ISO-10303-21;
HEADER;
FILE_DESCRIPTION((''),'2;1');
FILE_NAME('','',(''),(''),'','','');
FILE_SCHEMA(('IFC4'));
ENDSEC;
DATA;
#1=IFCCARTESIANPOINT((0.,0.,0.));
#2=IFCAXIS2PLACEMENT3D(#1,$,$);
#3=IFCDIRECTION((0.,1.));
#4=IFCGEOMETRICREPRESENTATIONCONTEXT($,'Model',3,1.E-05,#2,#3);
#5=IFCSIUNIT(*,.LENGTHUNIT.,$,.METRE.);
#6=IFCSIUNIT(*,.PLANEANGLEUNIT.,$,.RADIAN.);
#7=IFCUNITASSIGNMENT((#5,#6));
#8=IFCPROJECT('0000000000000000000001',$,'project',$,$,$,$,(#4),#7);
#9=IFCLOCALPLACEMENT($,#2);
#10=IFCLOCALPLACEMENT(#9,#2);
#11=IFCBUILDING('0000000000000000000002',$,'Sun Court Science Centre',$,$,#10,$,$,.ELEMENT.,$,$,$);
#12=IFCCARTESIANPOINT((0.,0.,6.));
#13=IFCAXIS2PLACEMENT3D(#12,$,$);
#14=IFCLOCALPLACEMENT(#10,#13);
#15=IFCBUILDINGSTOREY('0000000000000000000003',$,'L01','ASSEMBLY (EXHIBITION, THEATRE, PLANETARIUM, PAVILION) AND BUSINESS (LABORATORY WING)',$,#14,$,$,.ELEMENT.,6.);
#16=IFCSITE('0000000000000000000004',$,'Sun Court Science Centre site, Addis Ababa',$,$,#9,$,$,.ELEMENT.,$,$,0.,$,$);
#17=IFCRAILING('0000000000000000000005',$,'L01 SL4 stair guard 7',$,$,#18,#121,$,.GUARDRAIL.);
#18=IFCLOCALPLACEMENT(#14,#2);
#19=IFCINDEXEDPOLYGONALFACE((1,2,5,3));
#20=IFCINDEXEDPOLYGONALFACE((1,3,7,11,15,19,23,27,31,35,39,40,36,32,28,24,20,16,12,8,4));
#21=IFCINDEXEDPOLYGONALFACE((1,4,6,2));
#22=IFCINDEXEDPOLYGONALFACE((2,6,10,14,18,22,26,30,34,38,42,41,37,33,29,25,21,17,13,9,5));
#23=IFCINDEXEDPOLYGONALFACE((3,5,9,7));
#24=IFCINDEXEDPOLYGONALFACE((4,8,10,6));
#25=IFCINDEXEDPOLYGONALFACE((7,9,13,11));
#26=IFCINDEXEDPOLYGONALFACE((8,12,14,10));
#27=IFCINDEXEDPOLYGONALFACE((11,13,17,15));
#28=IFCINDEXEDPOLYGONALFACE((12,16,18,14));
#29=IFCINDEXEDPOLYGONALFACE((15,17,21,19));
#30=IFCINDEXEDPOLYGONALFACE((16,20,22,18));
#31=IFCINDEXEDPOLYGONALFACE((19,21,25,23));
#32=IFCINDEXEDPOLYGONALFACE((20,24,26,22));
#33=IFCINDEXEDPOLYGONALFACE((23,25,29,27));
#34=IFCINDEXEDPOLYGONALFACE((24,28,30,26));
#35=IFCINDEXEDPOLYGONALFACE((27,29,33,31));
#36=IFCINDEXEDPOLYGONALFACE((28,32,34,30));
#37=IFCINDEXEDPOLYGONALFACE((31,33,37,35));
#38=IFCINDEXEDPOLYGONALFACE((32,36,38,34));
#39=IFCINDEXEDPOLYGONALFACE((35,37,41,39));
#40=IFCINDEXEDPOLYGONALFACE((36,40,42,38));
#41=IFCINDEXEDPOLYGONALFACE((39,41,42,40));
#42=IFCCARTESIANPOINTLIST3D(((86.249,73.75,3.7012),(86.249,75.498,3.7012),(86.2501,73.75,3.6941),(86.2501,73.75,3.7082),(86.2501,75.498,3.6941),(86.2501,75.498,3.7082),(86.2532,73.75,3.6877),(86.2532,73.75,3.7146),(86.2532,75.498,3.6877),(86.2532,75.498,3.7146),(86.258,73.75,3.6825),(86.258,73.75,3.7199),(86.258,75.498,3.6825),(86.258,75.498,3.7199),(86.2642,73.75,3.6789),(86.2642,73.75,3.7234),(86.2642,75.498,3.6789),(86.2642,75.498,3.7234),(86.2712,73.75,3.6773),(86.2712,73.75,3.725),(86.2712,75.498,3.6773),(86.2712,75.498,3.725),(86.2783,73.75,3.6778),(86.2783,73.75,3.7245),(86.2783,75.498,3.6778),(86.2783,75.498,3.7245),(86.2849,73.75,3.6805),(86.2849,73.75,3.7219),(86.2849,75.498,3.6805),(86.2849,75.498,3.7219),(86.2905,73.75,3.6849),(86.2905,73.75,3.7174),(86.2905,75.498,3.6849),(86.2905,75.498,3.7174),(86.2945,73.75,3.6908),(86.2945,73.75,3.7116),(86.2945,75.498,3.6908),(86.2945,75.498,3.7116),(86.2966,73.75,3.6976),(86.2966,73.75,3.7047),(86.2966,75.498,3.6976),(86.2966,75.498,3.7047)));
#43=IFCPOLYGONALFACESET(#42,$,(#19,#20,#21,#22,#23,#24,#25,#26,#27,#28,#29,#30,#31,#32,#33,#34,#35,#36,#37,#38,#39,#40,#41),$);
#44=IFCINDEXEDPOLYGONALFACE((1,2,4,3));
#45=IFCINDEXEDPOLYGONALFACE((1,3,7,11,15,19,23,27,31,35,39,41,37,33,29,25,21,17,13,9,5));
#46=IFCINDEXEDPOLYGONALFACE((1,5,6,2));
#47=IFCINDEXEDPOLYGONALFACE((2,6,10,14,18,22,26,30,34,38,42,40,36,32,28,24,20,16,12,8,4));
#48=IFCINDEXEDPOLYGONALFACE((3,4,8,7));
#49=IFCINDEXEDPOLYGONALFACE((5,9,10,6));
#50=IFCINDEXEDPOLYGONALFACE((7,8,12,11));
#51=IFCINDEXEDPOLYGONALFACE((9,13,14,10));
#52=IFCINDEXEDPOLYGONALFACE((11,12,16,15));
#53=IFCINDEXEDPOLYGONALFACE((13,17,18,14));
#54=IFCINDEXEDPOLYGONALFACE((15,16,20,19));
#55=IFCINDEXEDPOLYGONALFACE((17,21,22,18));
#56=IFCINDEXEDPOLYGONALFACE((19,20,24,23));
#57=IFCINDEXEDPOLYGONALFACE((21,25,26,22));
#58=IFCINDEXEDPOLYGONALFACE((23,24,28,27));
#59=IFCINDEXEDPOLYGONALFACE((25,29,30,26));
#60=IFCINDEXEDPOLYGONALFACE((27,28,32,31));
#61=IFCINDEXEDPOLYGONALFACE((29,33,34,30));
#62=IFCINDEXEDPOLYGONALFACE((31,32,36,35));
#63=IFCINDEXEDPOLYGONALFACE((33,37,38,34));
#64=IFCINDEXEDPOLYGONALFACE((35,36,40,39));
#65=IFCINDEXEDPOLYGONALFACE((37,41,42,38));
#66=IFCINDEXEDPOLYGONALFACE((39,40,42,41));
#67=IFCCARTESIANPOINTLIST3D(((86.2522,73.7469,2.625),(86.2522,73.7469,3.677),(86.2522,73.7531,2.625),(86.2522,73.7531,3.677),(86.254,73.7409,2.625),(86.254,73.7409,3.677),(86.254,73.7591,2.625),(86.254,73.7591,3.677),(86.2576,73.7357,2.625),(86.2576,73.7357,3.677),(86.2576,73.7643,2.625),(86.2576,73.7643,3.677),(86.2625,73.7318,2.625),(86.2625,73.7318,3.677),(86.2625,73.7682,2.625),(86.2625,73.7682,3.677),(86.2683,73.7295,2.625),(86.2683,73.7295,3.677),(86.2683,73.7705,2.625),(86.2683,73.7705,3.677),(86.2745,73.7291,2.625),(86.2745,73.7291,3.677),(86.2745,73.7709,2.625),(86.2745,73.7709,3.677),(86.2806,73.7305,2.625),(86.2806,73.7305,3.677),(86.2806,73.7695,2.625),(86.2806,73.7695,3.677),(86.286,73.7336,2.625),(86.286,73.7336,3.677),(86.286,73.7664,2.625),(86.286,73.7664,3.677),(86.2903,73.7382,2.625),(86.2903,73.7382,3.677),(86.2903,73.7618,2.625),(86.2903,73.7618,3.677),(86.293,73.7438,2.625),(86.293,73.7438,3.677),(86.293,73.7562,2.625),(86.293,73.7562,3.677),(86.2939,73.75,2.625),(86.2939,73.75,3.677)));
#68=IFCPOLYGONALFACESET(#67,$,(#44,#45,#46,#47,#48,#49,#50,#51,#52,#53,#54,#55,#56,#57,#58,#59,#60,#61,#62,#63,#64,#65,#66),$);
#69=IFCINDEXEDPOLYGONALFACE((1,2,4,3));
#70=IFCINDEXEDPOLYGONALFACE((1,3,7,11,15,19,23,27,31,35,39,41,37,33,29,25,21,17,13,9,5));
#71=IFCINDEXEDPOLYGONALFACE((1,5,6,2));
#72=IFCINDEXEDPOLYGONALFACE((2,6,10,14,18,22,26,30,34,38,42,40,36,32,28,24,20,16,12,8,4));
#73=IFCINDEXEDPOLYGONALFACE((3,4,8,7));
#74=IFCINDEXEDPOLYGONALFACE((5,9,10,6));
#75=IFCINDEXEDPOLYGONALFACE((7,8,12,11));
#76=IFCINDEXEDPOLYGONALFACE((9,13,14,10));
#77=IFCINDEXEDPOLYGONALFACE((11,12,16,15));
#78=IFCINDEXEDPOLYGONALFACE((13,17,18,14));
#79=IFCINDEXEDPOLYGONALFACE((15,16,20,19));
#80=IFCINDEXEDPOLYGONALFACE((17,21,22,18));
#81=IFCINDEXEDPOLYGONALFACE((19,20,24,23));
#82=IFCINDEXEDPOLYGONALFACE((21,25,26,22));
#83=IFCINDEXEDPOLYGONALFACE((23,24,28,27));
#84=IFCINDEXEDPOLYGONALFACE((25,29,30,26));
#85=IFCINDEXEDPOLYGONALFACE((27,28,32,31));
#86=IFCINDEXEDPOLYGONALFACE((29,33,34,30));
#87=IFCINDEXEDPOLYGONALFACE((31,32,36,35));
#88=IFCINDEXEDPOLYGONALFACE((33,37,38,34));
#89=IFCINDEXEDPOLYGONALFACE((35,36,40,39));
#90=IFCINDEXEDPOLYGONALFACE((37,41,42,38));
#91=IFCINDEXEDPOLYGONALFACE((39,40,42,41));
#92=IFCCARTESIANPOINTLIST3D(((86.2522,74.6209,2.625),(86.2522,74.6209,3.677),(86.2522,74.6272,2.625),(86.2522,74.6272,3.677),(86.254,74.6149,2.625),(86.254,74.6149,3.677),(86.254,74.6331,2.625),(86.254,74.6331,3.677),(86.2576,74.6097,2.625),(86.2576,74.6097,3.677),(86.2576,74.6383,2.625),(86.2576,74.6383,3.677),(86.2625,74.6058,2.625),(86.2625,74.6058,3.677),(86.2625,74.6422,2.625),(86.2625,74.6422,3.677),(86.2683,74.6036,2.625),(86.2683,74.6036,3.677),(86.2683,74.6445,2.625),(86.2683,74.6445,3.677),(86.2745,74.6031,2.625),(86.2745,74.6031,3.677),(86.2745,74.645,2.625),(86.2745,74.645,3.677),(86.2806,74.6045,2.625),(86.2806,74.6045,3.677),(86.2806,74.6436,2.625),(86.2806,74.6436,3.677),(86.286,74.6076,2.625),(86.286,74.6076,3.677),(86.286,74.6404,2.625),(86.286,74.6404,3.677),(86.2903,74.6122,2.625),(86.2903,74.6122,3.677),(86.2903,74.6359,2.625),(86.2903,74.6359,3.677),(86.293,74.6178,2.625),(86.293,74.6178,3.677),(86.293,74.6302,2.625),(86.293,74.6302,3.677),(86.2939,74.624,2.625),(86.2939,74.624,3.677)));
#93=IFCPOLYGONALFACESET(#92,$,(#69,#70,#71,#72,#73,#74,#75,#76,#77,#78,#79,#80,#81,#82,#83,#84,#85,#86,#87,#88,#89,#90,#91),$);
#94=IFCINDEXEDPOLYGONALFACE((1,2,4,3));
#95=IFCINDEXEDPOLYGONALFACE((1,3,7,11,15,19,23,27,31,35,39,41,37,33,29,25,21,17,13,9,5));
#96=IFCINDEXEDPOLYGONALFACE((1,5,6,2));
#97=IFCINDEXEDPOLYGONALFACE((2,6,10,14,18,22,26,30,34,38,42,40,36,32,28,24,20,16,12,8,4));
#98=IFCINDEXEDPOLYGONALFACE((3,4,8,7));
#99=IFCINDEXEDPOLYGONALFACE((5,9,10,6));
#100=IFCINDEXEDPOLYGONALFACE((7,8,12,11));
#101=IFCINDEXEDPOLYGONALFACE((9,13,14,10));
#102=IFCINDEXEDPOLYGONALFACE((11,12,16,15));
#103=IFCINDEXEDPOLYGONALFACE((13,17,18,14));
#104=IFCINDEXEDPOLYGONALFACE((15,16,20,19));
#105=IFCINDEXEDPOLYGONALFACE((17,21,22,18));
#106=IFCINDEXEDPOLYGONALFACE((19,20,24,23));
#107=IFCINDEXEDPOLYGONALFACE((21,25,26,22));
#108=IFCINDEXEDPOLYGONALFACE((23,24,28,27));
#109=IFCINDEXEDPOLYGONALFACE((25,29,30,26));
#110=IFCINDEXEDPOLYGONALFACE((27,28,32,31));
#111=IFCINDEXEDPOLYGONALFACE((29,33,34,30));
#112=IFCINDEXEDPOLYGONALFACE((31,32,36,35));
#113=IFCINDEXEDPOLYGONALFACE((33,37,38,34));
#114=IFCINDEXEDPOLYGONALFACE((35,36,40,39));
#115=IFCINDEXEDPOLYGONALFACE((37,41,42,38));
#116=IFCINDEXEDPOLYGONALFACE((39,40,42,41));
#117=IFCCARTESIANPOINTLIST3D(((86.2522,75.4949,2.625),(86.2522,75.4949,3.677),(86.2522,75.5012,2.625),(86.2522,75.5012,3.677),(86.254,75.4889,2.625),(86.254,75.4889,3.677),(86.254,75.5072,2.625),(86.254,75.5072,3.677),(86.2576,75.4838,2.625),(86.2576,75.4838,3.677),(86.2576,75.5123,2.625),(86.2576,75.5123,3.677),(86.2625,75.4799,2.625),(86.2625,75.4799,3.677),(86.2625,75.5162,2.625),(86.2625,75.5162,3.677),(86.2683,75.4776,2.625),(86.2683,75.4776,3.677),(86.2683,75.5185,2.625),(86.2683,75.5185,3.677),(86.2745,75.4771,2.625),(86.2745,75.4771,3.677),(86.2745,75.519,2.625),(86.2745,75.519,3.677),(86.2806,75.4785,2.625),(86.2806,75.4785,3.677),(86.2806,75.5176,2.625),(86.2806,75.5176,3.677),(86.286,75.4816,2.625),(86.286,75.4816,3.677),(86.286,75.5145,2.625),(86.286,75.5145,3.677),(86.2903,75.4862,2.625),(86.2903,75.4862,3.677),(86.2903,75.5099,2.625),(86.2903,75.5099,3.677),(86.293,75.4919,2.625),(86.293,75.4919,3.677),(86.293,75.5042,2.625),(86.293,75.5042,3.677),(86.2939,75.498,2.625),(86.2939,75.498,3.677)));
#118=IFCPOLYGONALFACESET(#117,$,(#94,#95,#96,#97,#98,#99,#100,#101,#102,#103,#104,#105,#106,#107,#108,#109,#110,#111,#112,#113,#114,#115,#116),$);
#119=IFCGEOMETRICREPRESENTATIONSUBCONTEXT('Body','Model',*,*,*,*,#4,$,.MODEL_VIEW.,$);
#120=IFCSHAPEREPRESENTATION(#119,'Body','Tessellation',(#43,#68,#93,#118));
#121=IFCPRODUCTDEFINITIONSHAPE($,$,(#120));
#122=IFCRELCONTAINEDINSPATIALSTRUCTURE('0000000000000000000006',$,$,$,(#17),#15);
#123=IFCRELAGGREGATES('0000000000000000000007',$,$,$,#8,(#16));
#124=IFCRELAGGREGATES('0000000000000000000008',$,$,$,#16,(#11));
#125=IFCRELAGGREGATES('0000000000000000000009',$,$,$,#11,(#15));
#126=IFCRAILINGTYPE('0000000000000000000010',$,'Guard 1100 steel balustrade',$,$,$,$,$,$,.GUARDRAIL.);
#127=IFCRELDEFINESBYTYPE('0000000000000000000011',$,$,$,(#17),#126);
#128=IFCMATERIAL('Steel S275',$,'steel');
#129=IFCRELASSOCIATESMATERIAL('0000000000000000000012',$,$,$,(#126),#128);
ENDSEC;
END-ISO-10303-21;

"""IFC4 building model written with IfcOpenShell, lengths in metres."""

from ifc_helpers import new_model, si_unit, direction, frame, origin, origin_2d, place, context, subcontext, project, spatial, circle, extrude, material, type_object, element, save


model = new_model("IFC4")

# Units and contexts
model_context = context("Model", 3, precision=1e-05, world=origin(), true_north=direction((0.0, 1.0)))
body_context = subcontext(model_context, "Body", "Model", "MODEL_VIEW")
ifc_project = project(units=[si_unit("LENGTHUNIT", "METRE"), si_unit("PLANEANGLEUNIT", "RADIAN")], contexts=[model_context])

# Site, building, storey
site_placement = place(None, origin())
site = spatial("IfcSite", under=ifc_project, at=site_placement, Name="Sun Court Science Centre site, Addis Ababa", CompositionType="ELEMENT", RefElevation=0.0)
building_placement = place(site_placement, origin())
building = spatial("IfcBuilding", under=site, at=building_placement, Name="Sun Court Science Centre", CompositionType="ELEMENT")
storey_placement = place(building_placement, frame((0.0, 0.0, 6.0)))
storey = spatial("IfcBuildingStorey", under=building, at=storey_placement, Name="L01", Description="ASSEMBLY (EXHIBITION, THEATRE, PLANETARIUM, PAVILION) AND BUSINESS (LABORATORY WING)", CompositionType="ELEMENT", Elevation=6.0)

# Railing
ifc_material_1 = material(Name="Steel S275", Category="steel")
railing_type_1 = type_object("IfcRailingType", Name="Guard 1100 steel balustrade", PredefinedType="GUARDRAIL", material=ifc_material_1)
railing_1_placement = place(storey_placement, frame((86.2729, 73.75, 2.625)))
element("IfcRailing", 1, at=railing_1_placement, inside=storey, type_object=railing_type_1, Name="L01 SL4 stair guard 7", PredefinedType="GUARDRAIL", context=body_context, shape_type="SweptSolid", body=[
    extrude(circle(Radius=0.0239, at=origin_2d()), frame((0.0, 0.0, 1.0762), z_axis=(0.0, 1.0, 0.0), x_axis=(-1.0, 0.0, 0.0)), (0.0, 0.0, 1.0), 1.748),
    extrude(circle(Radius=0.021, at=origin_2d()), origin(), (0.0, 0.0, 1.0), 1.052),
    extrude(circle(Radius=0.021, at=origin_2d()), frame((0.0, 0.874, 0.0)), (0.0, 0.0, 1.0), 1.052),
    extrude(circle(Radius=0.021, at=origin_2d()), frame((0.0, 1.748, 0.0)), (0.0, 0.0, 1.0), 1.052),
])

save(model, "model.ifc")
